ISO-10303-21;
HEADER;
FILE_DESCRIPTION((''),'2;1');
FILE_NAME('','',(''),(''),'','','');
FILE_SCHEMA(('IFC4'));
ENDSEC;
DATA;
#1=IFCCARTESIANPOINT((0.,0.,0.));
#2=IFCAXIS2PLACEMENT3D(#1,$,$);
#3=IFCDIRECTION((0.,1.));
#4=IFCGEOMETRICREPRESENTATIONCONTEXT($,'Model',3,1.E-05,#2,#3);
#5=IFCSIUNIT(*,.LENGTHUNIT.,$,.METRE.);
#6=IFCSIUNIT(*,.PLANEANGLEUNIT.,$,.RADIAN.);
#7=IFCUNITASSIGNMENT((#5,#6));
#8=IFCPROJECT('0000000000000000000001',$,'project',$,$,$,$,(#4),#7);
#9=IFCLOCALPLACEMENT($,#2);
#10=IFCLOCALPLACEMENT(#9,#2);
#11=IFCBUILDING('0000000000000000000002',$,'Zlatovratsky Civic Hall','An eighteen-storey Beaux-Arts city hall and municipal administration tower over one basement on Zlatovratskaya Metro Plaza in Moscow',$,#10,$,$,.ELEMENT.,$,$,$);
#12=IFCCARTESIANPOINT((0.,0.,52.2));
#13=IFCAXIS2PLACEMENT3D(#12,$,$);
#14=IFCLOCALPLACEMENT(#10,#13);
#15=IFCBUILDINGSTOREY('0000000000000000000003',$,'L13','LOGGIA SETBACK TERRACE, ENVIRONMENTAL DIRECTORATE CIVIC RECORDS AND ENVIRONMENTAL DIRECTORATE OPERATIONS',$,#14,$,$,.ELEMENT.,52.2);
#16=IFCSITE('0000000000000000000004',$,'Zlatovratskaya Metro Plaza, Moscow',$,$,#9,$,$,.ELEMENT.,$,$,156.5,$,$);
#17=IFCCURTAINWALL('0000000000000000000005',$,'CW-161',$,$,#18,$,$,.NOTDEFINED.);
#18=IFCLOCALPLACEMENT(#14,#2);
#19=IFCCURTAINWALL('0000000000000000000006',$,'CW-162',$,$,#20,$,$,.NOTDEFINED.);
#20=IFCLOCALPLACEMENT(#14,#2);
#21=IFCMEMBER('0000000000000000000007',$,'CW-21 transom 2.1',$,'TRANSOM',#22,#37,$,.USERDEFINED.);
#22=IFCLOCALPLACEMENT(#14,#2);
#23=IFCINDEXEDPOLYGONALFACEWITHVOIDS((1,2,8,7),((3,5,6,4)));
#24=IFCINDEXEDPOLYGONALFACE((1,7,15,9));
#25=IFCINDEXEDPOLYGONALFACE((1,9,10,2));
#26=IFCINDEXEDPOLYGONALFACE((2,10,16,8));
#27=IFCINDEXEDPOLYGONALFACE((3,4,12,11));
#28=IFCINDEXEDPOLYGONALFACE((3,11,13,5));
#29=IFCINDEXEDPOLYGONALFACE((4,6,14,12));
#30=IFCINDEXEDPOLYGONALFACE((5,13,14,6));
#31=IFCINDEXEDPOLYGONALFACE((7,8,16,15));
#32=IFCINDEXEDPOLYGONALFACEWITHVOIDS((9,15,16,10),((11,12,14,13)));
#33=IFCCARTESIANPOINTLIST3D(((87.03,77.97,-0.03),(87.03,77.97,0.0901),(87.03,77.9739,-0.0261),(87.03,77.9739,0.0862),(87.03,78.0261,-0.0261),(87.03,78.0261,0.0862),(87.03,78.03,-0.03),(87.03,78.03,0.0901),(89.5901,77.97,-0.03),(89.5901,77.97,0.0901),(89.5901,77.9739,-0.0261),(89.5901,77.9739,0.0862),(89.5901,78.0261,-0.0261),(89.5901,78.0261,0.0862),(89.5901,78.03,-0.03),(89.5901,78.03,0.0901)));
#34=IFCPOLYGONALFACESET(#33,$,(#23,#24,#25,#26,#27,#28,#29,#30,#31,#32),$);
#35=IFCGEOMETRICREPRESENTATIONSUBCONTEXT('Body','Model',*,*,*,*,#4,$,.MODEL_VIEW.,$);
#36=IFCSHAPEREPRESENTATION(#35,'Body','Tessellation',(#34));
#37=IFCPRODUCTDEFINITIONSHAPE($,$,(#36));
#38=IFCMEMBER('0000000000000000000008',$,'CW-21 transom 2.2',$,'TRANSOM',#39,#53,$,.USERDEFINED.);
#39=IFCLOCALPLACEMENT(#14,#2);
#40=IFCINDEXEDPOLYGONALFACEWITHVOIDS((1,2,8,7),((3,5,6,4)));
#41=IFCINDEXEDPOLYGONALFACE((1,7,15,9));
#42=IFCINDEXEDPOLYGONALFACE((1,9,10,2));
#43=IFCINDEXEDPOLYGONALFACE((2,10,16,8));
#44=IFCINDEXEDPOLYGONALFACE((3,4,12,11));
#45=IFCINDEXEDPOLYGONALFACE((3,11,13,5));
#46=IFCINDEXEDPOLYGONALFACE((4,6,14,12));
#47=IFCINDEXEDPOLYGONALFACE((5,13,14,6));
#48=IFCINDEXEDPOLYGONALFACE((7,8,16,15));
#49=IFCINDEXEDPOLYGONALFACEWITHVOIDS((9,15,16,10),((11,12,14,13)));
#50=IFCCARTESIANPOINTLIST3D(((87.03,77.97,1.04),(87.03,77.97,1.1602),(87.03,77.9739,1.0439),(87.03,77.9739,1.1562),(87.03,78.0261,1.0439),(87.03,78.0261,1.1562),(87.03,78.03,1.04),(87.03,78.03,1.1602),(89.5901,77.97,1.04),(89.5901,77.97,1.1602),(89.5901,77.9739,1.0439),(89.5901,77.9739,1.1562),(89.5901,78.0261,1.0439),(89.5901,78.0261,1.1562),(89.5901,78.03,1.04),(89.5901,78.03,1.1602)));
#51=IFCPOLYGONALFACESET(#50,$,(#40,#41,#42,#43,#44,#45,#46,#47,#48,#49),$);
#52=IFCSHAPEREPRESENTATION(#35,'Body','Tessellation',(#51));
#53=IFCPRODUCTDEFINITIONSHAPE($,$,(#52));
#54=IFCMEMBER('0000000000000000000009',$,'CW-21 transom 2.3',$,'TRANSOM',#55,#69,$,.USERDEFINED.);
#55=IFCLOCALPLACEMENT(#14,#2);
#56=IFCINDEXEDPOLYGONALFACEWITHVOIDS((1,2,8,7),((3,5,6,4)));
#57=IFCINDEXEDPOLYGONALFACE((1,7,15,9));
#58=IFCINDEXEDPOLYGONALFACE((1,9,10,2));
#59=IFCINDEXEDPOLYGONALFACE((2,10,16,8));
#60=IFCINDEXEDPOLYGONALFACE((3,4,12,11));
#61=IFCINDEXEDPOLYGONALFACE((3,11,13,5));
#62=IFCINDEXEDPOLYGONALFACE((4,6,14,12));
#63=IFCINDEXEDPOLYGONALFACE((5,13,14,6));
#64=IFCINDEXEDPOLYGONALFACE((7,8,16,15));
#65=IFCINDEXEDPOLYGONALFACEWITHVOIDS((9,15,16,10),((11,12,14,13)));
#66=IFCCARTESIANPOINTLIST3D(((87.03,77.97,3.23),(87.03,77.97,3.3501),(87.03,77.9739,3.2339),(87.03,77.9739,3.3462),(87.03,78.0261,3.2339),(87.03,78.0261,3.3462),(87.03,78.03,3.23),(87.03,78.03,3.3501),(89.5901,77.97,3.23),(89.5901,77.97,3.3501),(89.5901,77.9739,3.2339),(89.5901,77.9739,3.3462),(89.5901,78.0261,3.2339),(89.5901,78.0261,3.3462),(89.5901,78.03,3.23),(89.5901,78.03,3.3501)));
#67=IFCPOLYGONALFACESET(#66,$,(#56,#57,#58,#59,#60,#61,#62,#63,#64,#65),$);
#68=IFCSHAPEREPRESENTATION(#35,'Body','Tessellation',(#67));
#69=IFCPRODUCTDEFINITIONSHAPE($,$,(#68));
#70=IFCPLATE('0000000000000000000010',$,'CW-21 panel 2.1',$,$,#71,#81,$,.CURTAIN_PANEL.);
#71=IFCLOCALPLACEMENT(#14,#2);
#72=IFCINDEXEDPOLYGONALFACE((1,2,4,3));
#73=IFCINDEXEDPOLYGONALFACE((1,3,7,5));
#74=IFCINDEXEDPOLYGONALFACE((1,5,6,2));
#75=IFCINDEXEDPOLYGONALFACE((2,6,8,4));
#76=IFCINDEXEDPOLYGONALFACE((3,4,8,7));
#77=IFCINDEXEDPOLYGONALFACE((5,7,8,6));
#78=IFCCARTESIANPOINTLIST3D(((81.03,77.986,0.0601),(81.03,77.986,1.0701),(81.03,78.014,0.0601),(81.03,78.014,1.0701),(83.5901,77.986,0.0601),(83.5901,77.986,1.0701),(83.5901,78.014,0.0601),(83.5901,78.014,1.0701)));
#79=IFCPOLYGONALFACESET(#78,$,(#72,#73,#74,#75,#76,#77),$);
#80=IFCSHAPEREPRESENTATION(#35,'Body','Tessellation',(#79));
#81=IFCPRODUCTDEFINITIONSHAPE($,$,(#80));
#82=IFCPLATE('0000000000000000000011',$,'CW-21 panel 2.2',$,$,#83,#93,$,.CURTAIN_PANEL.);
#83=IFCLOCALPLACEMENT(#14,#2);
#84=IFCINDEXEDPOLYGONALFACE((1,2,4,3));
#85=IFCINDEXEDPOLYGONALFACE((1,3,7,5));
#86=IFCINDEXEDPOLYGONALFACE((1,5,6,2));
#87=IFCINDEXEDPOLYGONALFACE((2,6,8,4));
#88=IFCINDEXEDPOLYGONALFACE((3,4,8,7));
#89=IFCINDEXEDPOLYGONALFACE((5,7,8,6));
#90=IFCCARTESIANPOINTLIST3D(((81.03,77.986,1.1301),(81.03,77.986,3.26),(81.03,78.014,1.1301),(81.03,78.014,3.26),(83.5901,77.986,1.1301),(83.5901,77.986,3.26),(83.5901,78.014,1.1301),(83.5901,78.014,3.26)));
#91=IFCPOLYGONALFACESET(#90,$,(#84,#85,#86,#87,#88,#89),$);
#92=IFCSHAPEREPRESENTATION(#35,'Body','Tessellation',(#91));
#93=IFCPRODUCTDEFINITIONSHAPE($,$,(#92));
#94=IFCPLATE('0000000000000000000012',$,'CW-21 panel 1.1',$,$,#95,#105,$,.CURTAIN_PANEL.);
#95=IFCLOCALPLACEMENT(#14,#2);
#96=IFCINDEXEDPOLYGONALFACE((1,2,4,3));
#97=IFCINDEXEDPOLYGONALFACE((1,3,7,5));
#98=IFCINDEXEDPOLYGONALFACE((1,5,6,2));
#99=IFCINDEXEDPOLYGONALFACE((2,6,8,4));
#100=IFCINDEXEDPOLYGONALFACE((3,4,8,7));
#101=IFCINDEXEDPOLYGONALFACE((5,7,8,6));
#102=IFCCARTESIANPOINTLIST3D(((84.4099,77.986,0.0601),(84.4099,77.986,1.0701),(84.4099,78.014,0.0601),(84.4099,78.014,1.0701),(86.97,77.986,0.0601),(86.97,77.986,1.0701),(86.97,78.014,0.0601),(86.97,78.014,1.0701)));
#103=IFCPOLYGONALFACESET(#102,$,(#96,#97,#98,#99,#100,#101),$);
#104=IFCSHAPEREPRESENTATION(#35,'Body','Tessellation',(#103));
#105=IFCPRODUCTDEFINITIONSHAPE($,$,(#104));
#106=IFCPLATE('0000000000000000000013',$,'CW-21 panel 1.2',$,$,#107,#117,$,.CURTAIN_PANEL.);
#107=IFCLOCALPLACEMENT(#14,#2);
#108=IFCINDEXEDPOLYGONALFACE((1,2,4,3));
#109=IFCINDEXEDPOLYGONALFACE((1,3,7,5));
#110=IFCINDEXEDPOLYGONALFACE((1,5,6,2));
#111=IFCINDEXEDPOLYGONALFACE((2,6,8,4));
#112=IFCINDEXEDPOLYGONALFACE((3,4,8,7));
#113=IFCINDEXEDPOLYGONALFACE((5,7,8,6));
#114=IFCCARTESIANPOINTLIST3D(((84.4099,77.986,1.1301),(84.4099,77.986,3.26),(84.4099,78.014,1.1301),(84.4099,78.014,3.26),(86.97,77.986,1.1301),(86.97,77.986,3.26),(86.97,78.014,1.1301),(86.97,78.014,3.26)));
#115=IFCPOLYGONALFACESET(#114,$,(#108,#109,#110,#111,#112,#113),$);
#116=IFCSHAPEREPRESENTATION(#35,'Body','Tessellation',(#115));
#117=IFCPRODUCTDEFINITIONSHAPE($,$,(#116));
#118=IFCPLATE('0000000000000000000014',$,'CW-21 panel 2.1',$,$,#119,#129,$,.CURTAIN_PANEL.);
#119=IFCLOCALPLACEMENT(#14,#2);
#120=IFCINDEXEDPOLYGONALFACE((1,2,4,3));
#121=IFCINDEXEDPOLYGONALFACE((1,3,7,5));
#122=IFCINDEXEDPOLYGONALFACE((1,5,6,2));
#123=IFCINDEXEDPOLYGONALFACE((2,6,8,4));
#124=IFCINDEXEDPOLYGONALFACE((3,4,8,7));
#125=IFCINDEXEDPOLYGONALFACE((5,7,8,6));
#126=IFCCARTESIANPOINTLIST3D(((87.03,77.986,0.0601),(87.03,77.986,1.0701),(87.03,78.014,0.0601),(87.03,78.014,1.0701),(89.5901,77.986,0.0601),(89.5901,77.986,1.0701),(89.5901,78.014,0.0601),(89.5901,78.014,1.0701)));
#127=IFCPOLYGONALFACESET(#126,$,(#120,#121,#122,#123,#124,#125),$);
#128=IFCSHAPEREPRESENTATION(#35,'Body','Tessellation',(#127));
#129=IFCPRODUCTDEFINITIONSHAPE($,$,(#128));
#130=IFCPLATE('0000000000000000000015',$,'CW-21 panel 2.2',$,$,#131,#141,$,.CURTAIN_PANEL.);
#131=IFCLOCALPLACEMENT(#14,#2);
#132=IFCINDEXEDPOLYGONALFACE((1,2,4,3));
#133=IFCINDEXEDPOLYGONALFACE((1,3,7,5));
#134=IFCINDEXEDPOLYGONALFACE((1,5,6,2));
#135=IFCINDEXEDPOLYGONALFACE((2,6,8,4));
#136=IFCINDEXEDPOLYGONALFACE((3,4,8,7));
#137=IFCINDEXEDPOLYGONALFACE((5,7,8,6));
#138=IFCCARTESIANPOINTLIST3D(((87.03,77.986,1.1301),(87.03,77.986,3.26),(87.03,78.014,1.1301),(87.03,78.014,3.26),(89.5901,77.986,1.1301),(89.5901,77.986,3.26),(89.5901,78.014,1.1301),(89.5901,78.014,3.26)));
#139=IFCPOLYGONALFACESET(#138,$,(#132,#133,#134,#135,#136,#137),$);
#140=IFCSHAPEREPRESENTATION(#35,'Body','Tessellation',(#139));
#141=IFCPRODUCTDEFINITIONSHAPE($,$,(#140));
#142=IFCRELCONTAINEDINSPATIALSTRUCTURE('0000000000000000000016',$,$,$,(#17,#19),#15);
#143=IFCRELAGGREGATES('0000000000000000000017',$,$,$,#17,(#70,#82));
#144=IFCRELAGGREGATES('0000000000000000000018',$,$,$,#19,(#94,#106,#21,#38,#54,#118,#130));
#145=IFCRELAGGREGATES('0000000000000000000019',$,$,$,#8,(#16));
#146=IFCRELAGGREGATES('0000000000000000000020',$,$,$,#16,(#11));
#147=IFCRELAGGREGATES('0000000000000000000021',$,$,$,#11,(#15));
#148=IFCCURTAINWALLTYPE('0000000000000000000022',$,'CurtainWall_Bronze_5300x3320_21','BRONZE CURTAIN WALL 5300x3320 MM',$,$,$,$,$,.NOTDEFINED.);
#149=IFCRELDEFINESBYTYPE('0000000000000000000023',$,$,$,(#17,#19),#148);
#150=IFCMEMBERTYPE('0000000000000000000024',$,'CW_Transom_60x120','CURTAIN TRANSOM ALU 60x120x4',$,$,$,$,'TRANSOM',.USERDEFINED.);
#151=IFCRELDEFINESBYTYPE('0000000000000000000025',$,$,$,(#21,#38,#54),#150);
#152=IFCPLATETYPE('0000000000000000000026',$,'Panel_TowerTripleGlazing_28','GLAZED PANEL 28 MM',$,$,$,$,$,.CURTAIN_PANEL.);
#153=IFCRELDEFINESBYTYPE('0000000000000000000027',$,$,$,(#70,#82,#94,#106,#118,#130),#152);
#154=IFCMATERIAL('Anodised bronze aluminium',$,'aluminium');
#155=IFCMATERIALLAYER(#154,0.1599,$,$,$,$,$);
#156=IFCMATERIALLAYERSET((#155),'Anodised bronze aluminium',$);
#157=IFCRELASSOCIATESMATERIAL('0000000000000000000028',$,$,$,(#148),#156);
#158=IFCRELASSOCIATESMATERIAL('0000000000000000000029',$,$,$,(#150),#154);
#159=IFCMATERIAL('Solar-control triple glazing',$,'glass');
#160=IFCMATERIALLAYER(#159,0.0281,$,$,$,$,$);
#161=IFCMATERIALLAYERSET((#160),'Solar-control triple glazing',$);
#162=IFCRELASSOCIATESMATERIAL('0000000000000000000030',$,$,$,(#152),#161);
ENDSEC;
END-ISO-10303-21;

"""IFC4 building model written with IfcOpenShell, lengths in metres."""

from ifc_helpers import new_model, si_unit, direction, frame, origin, origin_2d, place, context, subcontext, project, spatial, rectangle, hollow_rectangle, extrude, material, layer, layer_set, material_profile, profile_set, type_object, element, aggregate, save


model = new_model("IFC4")

# Units and contexts
model_context = context("Model", 3, precision=1e-05, world=origin(), true_north=direction((0.0, 1.0)))
body_context = subcontext(model_context, "Body", "Model", "MODEL_VIEW")
ifc_project = project(units=[si_unit("LENGTHUNIT", "METRE"), si_unit("PLANEANGLEUNIT", "RADIAN")], contexts=[model_context])

# Site, building, storey
site_placement = place(None, origin())
site = spatial("IfcSite", under=ifc_project, at=site_placement, Name="Zlatovratskaya Metro Plaza, Moscow", CompositionType="ELEMENT", RefElevation=156.5)
building_placement = place(site_placement, origin())
building = spatial("IfcBuilding", under=site, at=building_placement, Name="Zlatovratsky Civic Hall", Description="An eighteen-storey Beaux-Arts city hall and municipal administration tower over one basement on Zlatovratskaya Metro Plaza in Moscow", CompositionType="ELEMENT")
storey_placement = place(building_placement, frame((0.0, 0.0, 52.2)))
storey = spatial("IfcBuildingStorey", under=building, at=storey_placement, Name="L13", Description="LOGGIA SETBACK TERRACE, ENVIRONMENTAL DIRECTORATE CIVIC RECORDS AND ENVIRONMENTAL DIRECTORATE OPERATIONS", CompositionType="ELEMENT", Elevation=52.2)

# Curtain wall
ifc_material_1 = material(Name="Anodised bronze aluminium", Category="aluminium")
ifc_layer_1 = layer(ifc_material_1, 0.1599)
ifc_layer_set_1 = layer_set([ifc_layer_1], Name="Anodised bronze aluminium")
curtain_wall_type = type_object("IfcCurtainWallType", Name="CurtainWall_Bronze_5300x3320_21", Description="BRONZE CURTAIN WALL 5300x3320 MM", PredefinedType="NOTDEFINED", material=ifc_layer_set_1)
curtain_wall_1_placement = place(storey_placement, origin())
curtain_wall_1 = element("IfcCurtainWall", 1, at=curtain_wall_1_placement, inside=storey, type_object=curtain_wall_type, Name="CW-161", PredefinedType="NOTDEFINED")

# Curtain wall, members
curtain_wall_2_placement = place(storey_placement, origin())
curtain_wall_2 = element("IfcCurtainWall", 2, at=curtain_wall_2_placement, inside=storey, type_object=curtain_wall_type, Name="CW-162", PredefinedType="NOTDEFINED")
ifc_material_profile_1 = material_profile(ifc_material_1, hollow_rectangle(XDim=0.0601, YDim=0.1201, WallThickness=0.0039, at=origin_2d()), Name="ALU 60x120x4")
ifc_profile_set_1 = profile_set([ifc_material_profile_1], Name="Anodised bronze aluminium")
member_type_1 = type_object("IfcMemberType", Name="CW_Transom_60x120", Description="CURTAIN TRANSOM ALU 60x120x4", ElementType="TRANSOM", PredefinedType="USERDEFINED", material=ifc_profile_set_1)
member_1_placement = place(storey_placement, frame((87.03, 78.0, 0.03), z_axis=(1.0, 0.0, 0.0), x_axis=(0.0, 1.0, 0.0)))
member_1 = element("IfcMember", 3, at=member_1_placement, type_object=member_type_1, Name="CW-21 transom 2.1", ObjectType="TRANSOM", PredefinedType="USERDEFINED", context=body_context, shape_type="SweptSolid", body=[
    extrude(hollow_rectangle(XDim=0.0601, YDim=0.1201, WallThickness=0.0039, at=origin_2d()), origin(), (0.0, 0.0, 1.0), 2.5601),
])
member_2_placement = place(storey_placement, frame((87.03, 78.0, 1.1001), z_axis=(1.0, 0.0, 0.0), x_axis=(0.0, 1.0, 0.0)))
member_2 = element("IfcMember", 4, at=member_2_placement, type_object=member_type_1, Name="CW-21 transom 2.2", ObjectType="TRANSOM", PredefinedType="USERDEFINED", context=body_context, shape_type="SweptSolid", body=[
    extrude(hollow_rectangle(XDim=0.0601, YDim=0.1201, WallThickness=0.0039, at=origin_2d()), origin(), (0.0, 0.0, 1.0), 2.5601),
])
member_3_placement = place(storey_placement, frame((87.03, 78.0, 3.29), z_axis=(1.0, 0.0, 0.0), x_axis=(0.0, 1.0, 0.0)))
member_3 = element("IfcMember", 5, at=member_3_placement, type_object=member_type_1, Name="CW-21 transom 2.3", ObjectType="TRANSOM", PredefinedType="USERDEFINED", context=body_context, shape_type="SweptSolid", body=[
    extrude(hollow_rectangle(XDim=0.0601, YDim=0.1201, WallThickness=0.0039, at=origin_2d()), origin(), (0.0, 0.0, 1.0), 2.5601),
])

# Plates
ifc_material_2 = material(Name="Solar-control triple glazing", Category="glass")
ifc_layer_2 = layer(ifc_material_2, 0.0281)
ifc_layer_set_2 = layer_set([ifc_layer_2], Name="Solar-control triple glazing")
plate_type = type_object("IfcPlateType", Name="Panel_TowerTripleGlazing_28", Description="GLAZED PANEL 28 MM", PredefinedType="CURTAIN_PANEL", material=ifc_layer_set_2)
plate_1_placement = place(storey_placement, frame((82.3101, 78.0, 0.0601), z_axis=(0.0, 0.0, 1.0), x_axis=(1.0, 0.0, 0.0)))
plate_1 = element("IfcPlate", 6, at=plate_1_placement, type_object=plate_type, Name="CW-21 panel 2.1", PredefinedType="CURTAIN_PANEL", context=body_context, shape_type="SweptSolid", body=[
    extrude(rectangle(XDim=2.5601, YDim=0.0281, at=origin_2d()), origin(), (0.0, 0.0, 1.0), 1.01),
])
plate_2_placement = place(storey_placement, frame((82.3101, 78.0, 1.1301), z_axis=(0.0, 0.0, 1.0), x_axis=(1.0, 0.0, 0.0)))
plate_2 = element("IfcPlate", 7, at=plate_2_placement, type_object=plate_type, Name="CW-21 panel 2.2", PredefinedType="CURTAIN_PANEL", context=body_context, shape_type="SweptSolid", body=[
    extrude(rectangle(XDim=2.5601, YDim=0.0281, at=origin_2d()), origin(), (0.0, 0.0, 1.0), 2.1299),
])
aggregate(curtain_wall_1, [plate_1, plate_2])
plate_3_placement = place(storey_placement, frame((85.6899, 78.0, 0.0601), z_axis=(0.0, 0.0, 1.0), x_axis=(1.0, 0.0, 0.0)))
plate_3 = element("IfcPlate", 8, at=plate_3_placement, type_object=plate_type, Name="CW-21 panel 1.1", PredefinedType="CURTAIN_PANEL", context=body_context, shape_type="SweptSolid", body=[
    extrude(rectangle(XDim=2.5601, YDim=0.0281, at=origin_2d()), origin(), (0.0, 0.0, 1.0), 1.01),
])
plate_4_placement = place(storey_placement, frame((85.6899, 78.0, 1.1301), z_axis=(0.0, 0.0, 1.0), x_axis=(1.0, 0.0, 0.0)))
plate_4 = element("IfcPlate", 9, at=plate_4_placement, type_object=plate_type, Name="CW-21 panel 1.2", PredefinedType="CURTAIN_PANEL", context=body_context, shape_type="SweptSolid", body=[
    extrude(rectangle(XDim=2.5601, YDim=0.0281, at=origin_2d()), origin(), (0.0, 0.0, 1.0), 2.1299),
])
plate_5_placement = place(storey_placement, frame((88.3101, 78.0, 0.0601), z_axis=(0.0, 0.0, 1.0), x_axis=(1.0, 0.0, 0.0)))
plate_5 = element("IfcPlate", 10, at=plate_5_placement, type_object=plate_type, Name="CW-21 panel 2.1", PredefinedType="CURTAIN_PANEL", context=body_context, shape_type="SweptSolid", body=[
    extrude(rectangle(XDim=2.5601, YDim=0.0281, at=origin_2d()), origin(), (0.0, 0.0, 1.0), 1.01),
])
plate_6_placement = place(storey_placement, frame((88.3101, 78.0, 1.1301), z_axis=(0.0, 0.0, 1.0), x_axis=(1.0, 0.0, 0.0)))
plate_6 = element("IfcPlate", 11, at=plate_6_placement, type_object=plate_type, Name="CW-21 panel 2.2", PredefinedType="CURTAIN_PANEL", context=body_context, shape_type="SweptSolid", body=[
    extrude(rectangle(XDim=2.5601, YDim=0.0281, at=origin_2d()), origin(), (0.0, 0.0, 1.0), 2.1299),
])
aggregate(curtain_wall_2, [plate_3, plate_4, member_1, member_2, member_3, plate_5, plate_6])

save(model, "model.ifc")
